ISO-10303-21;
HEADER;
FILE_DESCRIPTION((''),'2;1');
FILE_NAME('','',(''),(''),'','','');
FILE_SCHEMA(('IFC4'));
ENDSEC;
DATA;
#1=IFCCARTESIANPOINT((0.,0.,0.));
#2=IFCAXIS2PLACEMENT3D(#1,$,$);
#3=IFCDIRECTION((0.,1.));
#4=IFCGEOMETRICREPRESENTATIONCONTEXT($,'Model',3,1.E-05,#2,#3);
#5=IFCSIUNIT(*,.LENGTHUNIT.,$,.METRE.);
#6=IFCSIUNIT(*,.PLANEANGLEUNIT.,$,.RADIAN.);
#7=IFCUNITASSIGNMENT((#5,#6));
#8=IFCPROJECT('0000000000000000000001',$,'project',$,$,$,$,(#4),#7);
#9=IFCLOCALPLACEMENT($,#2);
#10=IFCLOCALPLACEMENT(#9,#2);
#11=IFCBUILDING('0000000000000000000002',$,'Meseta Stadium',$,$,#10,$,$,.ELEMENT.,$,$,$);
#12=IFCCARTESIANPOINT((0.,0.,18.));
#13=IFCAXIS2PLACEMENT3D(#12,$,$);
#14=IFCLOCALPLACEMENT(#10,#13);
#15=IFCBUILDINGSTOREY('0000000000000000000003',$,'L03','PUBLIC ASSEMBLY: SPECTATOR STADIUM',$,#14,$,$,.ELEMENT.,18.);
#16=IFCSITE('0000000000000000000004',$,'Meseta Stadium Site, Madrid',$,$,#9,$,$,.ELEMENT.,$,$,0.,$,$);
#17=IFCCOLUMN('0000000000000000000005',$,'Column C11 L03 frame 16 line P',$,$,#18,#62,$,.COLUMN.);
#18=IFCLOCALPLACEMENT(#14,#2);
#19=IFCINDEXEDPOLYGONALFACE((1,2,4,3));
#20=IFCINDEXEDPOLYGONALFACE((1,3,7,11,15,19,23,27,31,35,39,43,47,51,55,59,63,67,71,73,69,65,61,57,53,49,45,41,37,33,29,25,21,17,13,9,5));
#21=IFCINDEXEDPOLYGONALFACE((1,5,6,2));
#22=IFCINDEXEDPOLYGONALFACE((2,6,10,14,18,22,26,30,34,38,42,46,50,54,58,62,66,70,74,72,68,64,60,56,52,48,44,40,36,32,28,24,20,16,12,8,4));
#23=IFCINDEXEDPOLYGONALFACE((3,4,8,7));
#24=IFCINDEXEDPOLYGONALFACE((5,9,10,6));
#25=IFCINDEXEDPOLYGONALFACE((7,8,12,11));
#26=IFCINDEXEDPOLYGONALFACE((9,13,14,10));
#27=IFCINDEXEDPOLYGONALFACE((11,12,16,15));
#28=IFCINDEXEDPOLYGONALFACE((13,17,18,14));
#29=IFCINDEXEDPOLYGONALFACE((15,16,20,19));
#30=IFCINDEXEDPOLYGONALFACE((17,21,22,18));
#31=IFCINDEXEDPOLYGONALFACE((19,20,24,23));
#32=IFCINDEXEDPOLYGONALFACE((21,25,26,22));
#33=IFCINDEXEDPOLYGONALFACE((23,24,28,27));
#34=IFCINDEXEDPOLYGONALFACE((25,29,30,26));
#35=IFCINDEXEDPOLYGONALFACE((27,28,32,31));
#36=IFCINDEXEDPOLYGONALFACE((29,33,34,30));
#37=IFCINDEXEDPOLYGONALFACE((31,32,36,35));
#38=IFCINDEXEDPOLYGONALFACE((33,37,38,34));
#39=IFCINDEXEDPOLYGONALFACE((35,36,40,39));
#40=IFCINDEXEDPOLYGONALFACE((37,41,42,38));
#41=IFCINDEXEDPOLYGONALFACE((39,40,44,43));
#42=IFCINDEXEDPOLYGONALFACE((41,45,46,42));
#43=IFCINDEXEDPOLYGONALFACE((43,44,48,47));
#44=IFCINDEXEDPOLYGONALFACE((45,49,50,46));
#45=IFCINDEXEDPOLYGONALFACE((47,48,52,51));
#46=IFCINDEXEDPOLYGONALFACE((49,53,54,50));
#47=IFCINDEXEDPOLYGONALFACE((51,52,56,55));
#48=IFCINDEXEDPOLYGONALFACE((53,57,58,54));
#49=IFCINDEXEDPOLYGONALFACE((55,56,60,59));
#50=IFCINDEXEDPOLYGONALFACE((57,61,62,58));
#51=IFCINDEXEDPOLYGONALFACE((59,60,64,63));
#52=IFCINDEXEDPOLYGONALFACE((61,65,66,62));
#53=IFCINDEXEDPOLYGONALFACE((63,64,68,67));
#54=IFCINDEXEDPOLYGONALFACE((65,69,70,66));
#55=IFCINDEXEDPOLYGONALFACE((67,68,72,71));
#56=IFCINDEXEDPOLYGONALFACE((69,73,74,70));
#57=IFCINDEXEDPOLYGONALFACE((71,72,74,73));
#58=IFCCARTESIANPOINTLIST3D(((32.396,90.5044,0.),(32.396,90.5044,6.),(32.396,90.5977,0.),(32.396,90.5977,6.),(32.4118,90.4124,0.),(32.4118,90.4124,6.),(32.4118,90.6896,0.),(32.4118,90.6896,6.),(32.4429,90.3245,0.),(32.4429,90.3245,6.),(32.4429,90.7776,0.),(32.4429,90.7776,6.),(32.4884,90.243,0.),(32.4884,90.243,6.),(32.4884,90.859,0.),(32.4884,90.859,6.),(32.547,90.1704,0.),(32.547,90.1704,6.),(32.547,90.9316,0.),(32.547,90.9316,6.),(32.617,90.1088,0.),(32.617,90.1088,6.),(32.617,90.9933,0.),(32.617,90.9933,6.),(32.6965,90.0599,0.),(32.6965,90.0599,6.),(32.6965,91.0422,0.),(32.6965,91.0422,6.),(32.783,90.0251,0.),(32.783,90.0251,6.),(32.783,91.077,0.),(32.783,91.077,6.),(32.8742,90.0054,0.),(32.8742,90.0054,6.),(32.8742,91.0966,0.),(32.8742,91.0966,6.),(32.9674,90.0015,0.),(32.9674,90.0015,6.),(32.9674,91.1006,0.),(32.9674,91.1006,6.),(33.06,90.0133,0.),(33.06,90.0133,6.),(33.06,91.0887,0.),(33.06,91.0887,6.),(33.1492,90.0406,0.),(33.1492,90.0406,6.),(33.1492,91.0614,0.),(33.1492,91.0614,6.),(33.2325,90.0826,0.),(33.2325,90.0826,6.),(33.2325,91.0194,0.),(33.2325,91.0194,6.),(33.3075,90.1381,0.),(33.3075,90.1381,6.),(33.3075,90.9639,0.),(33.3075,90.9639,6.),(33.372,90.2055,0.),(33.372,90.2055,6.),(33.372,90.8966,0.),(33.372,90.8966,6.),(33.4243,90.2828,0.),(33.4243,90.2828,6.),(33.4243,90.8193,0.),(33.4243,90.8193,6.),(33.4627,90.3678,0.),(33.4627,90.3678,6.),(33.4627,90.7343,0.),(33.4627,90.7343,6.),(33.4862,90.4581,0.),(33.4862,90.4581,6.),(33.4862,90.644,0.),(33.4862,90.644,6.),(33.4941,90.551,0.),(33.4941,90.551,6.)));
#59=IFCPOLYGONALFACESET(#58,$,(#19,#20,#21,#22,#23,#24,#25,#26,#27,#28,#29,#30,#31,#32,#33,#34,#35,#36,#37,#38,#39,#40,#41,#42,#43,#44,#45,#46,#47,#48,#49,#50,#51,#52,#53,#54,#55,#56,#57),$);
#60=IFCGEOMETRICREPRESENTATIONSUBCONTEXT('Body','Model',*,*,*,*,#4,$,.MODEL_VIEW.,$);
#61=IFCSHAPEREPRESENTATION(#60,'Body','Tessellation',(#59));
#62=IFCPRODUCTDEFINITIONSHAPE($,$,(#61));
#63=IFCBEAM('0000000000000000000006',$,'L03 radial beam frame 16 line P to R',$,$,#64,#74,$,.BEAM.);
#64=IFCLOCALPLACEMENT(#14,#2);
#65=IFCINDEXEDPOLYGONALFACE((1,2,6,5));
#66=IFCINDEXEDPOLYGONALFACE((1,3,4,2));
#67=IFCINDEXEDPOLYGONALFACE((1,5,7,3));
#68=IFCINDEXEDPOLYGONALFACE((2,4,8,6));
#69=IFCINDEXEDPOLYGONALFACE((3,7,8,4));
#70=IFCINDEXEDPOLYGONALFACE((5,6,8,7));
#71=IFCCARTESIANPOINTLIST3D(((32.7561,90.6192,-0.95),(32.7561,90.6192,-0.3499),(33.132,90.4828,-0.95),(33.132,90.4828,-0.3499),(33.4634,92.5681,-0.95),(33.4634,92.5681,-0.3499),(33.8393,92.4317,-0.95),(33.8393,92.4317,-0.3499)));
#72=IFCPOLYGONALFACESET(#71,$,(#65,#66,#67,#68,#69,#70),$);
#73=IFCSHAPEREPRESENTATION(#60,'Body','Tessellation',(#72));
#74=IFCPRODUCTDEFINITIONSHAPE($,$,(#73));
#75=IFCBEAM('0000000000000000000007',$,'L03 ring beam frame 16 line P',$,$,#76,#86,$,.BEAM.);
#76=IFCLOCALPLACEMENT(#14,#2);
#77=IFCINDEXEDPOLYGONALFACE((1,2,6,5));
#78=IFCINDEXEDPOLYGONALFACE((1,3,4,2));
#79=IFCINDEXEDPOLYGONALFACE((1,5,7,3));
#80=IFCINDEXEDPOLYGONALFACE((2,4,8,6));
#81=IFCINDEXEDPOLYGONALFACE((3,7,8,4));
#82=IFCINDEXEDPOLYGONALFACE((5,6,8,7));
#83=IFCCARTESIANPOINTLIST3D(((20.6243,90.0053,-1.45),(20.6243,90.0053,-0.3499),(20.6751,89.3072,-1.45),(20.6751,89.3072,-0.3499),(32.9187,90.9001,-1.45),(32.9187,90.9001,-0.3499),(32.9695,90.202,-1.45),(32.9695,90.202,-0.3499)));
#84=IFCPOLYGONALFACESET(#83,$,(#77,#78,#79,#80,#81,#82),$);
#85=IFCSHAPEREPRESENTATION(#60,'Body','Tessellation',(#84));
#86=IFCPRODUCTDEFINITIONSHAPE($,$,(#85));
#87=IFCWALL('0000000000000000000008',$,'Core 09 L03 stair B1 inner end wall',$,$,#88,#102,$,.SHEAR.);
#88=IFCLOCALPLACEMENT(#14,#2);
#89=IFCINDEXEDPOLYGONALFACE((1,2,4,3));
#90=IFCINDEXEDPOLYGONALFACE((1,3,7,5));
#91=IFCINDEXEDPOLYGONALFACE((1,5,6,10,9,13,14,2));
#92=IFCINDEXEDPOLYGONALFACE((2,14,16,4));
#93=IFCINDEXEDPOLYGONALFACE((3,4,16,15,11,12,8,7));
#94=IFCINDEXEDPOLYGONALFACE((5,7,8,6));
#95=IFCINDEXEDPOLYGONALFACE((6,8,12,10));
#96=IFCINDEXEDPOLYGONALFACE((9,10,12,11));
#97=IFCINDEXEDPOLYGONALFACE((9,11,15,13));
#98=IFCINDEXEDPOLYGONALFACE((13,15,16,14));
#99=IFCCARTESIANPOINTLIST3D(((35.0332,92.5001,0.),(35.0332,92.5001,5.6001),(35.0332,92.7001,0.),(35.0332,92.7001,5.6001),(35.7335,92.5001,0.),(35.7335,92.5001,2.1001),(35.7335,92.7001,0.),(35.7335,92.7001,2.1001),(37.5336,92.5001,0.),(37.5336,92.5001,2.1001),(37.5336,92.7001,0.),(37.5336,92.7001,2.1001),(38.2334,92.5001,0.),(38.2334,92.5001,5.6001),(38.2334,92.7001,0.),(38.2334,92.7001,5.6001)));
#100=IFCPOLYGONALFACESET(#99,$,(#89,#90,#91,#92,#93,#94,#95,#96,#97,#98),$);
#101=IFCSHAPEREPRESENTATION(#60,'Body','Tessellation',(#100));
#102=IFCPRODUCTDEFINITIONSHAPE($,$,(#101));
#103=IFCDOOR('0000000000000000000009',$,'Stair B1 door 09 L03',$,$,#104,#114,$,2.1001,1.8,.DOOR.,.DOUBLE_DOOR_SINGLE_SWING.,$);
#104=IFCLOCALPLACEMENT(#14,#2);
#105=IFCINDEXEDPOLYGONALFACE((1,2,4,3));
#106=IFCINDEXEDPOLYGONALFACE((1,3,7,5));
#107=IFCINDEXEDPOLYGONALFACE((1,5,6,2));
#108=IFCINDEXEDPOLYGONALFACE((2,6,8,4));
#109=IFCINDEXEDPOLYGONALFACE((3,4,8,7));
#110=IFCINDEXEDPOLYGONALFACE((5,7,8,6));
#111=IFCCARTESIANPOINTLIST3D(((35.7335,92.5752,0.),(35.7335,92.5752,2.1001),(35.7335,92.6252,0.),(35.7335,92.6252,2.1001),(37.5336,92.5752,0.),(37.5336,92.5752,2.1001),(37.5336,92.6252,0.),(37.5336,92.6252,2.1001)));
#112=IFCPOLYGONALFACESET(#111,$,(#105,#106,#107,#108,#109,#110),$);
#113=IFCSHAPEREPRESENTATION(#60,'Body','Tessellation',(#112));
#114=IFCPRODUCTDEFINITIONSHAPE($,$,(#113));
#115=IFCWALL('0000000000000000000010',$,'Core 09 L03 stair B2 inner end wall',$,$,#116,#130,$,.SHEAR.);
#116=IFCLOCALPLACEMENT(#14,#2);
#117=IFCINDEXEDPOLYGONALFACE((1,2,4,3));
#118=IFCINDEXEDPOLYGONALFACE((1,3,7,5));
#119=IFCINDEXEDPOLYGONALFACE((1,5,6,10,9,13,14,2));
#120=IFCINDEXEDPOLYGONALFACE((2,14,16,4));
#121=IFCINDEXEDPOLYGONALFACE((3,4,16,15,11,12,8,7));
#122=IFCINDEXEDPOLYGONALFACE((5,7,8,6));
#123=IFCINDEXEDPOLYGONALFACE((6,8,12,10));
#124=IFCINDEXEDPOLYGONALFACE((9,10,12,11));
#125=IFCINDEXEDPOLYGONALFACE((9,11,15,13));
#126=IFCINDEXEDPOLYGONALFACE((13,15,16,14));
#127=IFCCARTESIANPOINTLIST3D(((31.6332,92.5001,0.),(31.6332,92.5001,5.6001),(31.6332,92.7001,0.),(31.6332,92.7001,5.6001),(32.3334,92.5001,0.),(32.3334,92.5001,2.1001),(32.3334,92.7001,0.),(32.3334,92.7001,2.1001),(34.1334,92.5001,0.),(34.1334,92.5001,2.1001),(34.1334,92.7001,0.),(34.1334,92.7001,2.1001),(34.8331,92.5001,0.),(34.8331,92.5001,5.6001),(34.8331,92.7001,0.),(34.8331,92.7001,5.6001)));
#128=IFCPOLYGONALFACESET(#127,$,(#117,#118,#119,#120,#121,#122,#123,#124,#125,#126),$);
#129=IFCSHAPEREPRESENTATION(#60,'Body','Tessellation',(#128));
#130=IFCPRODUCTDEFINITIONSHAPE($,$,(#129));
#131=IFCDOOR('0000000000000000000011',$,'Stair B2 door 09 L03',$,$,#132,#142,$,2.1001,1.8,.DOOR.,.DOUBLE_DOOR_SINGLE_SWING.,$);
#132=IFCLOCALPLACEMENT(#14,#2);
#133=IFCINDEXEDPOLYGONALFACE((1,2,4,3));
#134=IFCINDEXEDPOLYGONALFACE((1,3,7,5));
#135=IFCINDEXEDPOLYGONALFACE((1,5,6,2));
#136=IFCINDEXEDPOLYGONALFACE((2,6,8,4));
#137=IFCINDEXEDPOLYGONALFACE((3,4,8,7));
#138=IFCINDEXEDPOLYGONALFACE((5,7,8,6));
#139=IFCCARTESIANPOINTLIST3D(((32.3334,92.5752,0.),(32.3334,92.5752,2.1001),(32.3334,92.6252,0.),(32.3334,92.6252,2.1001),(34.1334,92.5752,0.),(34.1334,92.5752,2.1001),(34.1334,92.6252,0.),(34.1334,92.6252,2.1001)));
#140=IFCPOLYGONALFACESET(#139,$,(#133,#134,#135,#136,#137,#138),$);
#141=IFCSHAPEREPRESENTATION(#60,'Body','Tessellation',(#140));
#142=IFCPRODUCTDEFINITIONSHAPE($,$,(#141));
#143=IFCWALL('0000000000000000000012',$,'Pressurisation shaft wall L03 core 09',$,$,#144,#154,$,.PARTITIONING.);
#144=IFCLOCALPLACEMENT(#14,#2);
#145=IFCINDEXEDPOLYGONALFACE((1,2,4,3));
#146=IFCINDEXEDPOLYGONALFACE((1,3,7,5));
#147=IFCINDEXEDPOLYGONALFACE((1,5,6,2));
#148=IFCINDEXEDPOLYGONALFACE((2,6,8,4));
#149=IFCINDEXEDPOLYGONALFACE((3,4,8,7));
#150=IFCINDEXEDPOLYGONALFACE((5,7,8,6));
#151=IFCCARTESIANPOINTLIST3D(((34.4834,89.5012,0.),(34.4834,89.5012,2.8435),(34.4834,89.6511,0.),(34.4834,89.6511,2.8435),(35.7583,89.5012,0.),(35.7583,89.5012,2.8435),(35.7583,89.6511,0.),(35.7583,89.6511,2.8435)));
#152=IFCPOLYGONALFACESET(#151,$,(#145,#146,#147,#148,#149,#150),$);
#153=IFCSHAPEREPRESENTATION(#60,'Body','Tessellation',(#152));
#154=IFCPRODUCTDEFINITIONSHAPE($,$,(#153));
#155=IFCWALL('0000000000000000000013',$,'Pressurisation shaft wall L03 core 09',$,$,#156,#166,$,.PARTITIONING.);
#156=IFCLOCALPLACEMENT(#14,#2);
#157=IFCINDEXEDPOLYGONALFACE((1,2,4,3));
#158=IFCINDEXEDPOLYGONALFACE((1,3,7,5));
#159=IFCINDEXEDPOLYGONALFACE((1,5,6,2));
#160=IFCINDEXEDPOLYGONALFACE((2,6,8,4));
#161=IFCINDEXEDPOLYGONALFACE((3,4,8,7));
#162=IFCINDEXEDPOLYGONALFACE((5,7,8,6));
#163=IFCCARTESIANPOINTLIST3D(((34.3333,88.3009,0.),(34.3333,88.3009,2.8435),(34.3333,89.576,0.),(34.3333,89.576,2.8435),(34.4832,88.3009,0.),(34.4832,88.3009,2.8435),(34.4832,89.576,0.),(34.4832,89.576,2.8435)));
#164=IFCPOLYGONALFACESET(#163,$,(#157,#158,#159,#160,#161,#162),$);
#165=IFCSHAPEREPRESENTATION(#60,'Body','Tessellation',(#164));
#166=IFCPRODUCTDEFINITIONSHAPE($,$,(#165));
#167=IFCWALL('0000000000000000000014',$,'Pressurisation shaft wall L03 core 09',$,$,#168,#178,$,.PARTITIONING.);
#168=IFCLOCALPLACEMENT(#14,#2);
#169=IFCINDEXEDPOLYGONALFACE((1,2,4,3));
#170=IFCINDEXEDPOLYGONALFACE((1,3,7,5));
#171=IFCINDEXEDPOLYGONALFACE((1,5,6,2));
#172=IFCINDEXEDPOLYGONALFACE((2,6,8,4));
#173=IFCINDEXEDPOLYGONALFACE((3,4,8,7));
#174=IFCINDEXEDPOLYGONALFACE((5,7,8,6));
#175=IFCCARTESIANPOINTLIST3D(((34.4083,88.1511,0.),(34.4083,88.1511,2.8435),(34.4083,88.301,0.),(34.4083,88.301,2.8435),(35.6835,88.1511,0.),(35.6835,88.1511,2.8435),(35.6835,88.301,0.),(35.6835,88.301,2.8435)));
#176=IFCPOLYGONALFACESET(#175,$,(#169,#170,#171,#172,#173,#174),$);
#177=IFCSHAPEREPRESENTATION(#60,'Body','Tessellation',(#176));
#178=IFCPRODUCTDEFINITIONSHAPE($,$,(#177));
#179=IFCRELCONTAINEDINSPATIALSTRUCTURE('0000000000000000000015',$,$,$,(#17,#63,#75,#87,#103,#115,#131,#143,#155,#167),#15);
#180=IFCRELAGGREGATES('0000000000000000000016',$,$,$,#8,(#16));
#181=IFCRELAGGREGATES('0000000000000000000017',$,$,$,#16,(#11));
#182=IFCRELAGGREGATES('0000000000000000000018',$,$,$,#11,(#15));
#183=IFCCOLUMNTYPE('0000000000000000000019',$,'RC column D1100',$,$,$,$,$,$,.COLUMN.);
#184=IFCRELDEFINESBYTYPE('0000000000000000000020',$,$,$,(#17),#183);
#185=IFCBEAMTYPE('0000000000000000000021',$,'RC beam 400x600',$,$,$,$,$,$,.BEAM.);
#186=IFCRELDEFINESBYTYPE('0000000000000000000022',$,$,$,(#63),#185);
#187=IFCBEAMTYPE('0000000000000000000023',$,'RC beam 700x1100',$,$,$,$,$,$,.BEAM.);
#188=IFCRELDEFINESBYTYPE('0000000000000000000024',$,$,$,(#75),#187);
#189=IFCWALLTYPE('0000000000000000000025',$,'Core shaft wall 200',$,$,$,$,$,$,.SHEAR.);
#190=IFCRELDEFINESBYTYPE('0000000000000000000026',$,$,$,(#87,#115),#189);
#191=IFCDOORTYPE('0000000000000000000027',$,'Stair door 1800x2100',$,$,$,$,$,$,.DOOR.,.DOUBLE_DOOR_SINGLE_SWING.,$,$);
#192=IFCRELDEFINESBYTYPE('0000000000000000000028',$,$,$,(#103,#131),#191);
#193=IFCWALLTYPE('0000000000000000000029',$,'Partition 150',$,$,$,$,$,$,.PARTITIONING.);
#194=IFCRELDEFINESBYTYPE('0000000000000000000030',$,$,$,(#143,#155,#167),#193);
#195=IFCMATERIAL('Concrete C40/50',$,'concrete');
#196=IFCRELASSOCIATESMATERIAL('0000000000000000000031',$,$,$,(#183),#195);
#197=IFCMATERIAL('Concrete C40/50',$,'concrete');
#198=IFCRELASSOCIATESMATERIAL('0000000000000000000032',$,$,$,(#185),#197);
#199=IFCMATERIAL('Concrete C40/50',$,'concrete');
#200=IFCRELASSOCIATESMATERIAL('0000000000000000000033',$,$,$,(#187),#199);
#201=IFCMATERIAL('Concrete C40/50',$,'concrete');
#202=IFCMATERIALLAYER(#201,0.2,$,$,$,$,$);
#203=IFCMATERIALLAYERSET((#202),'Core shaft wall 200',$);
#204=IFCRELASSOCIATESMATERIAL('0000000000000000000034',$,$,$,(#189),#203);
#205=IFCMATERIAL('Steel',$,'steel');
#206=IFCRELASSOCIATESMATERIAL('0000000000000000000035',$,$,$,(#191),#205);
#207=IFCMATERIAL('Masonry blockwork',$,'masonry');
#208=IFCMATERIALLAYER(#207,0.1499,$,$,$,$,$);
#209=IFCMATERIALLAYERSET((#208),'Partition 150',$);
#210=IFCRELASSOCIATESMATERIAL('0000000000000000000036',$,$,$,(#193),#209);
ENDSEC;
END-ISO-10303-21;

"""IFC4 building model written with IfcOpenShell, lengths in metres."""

from ifc_helpers import new_model, si_unit, direction, frame, frame_2d, origin, origin_2d, place, context, subcontext, project, spatial, rectangle, circle, extrude, material, layer, layer_set, material_profile, profile_set, type_object, element, fill, save


model = new_model("IFC4")

# Units and contexts
model_context = context("Model", 3, precision=1e-05, world=origin(), true_north=direction((0.0, 1.0)))
body_context = subcontext(model_context, "Body", "Model", "MODEL_VIEW")
ifc_project = project(units=[si_unit("LENGTHUNIT", "METRE"), si_unit("PLANEANGLEUNIT", "RADIAN")], contexts=[model_context])

# Site, building, storey
site_placement = place(None, origin())
site = spatial("IfcSite", under=ifc_project, at=site_placement, Name="Meseta Stadium Site, Madrid", CompositionType="ELEMENT", RefElevation=0.0)
building_placement = place(site_placement, origin())
building = spatial("IfcBuilding", under=site, at=building_placement, Name="Meseta Stadium", CompositionType="ELEMENT")
storey_placement = place(building_placement, frame((0.0, 0.0, 18.0)))
storey = spatial("IfcBuildingStorey", under=building, at=storey_placement, Name="L03", Description="PUBLIC ASSEMBLY: SPECTATOR STADIUM", CompositionType="ELEMENT", Elevation=18.0)

# Column
ifc_material_1 = material(Name="Concrete C40/50", Category="concrete")
ifc_material_profile_1 = material_profile(ifc_material_1, circle(Radius=0.55, at=origin_2d()), Name="RC D1100")
ifc_profile_set_1 = profile_set([ifc_material_profile_1], Name="Concrete C40/50")
column_type = type_object("IfcColumnType", Name="RC column D1100", PredefinedType="COLUMN", material=ifc_profile_set_1)
column_placement = place(storey_placement, frame((32.9441, 90.551, 0.0), z_axis=(0.0, 0.0, 1.0), x_axis=(1.0, 0.0, 0.0)))
element("IfcColumn", 1, at=column_placement, inside=storey, type_object=column_type, Name="Column C11 L03 frame 16 line P", PredefinedType="COLUMN", context=body_context, shape_type="SweptSolid", body=[
    extrude(circle(Radius=0.55, at=origin_2d()), origin(), (0.0, 0.0, 1.0), 6.0),
])

# Beams
ifc_material_2 = material(Name="Concrete C40/50", Category="concrete")
ifc_material_profile_2 = material_profile(ifc_material_2, rectangle(XDim=0.3999, YDim=0.6001, at=origin_2d()), Name="RC 400x600")
ifc_profile_set_2 = profile_set([ifc_material_profile_2], Name="Concrete C40/50")
beam_type_1 = type_object("IfcBeamType", Name="RC beam 400x600", PredefinedType="BEAM", material=ifc_profile_set_2)
beam_1_placement = place(storey_placement, frame((32.9441, 90.551, -0.6499), z_axis=(0.341128, 0.940017, 0.0), x_axis=(-0.940017, 0.341128, 0.0)))
element("IfcBeam", 2, at=beam_1_placement, inside=storey, type_object=beam_type_1, Name="L03 radial beam frame 16 line P to R", PredefinedType="BEAM", context=body_context, shape_type="SweptSolid", body=[
    extrude(rectangle(XDim=0.3999, YDim=0.6001, at=origin_2d()), origin(), (0.0, 0.0, 1.0), 2.0732),
])
ifc_material_3 = material(Name="Concrete C40/50", Category="concrete")
ifc_material_profile_3 = material_profile(ifc_material_3, rectangle(XDim=0.7, YDim=1.1001, at=origin_2d()), Name="RC 700x1100")
ifc_profile_set_3 = profile_set([ifc_material_profile_3], Name="Concrete C40/50")
beam_type_2 = type_object("IfcBeamType", Name="RC beam 700x1100", PredefinedType="BEAM", material=ifc_profile_set_3)
beam_2_placement = place(storey_placement, frame((32.9441, 90.551, -0.8999), z_axis=(-0.997362, -0.072587, 0.0), x_axis=(0.072587, -0.997362, 0.0)))
element("IfcBeam", 3, at=beam_2_placement, inside=storey, type_object=beam_type_2, Name="L03 ring beam frame 16 line P", PredefinedType="BEAM", context=body_context, shape_type="SweptSolid", body=[
    extrude(rectangle(XDim=0.7, YDim=1.1001, at=origin_2d()), origin(), (0.0, 0.0, 1.0), 12.3269),
])

# Walls, openings, doors
ifc_material_4 = material(Name="Concrete C40/50", Category="concrete")
ifc_layer_1 = layer(ifc_material_4, 0.2)
ifc_layer_set_1 = layer_set([ifc_layer_1], Name="Core shaft wall 200")
wall_type_1 = type_object("IfcWallType", Name="Core shaft wall 200", PredefinedType="SHEAR", material=ifc_layer_set_1)
wall_1_placement = place(storey_placement, frame((38.2334, 92.6001, 0.0), z_axis=(0.0, 0.0, 1.0), x_axis=(-1.0, 0.0, 0.0)))
wall_1 = element("IfcWall", 4, at=wall_1_placement, inside=storey, type_object=wall_type_1, Name="Core 09 L03 stair B1 inner end wall", PredefinedType="SHEAR", context=body_context, shape_type="SweptSolid", body=[
    extrude(rectangle(XDim=3.2002, YDim=0.2, at=frame_2d((1.6001, 0.0))), origin(), (0.0, 0.0, 1.0), 5.6001),
])
opening_1_placement = place(wall_1_placement, frame((0.7, 0.0, 0.0)))
opening_1 = element("IfcOpeningElement", 5, at=opening_1_placement, cuts=wall_1, PredefinedType="OPENING", context=body_context, shape_type="SweptSolid", body=[
    extrude(rectangle(XDim=1.8, YDim=2.1001, at=frame_2d((0.8999, 1.05))), frame((0.0, 0.1099, 0.0), z_axis=(0.0, -1.0, 0.0), x_axis=(1.0, 0.0, 0.0)), (0.0, 0.0, 1.0), 0.22),
])
ifc_material_5 = material(Name="Steel", Category="steel")
door_type = type_object("IfcDoorType", Name="Stair door 1800x2100", OperationType="DOUBLE_DOOR_SINGLE_SWING", PredefinedType="DOOR", material=ifc_material_5)
door_1_placement = place(opening_1_placement, origin())
door_1 = element("IfcDoor", 6, at=door_1_placement, inside=storey, type_object=door_type, Name="Stair B1 door 09 L03", OperationType="DOUBLE_DOOR_SINGLE_SWING", OverallHeight=2.1001, OverallWidth=1.8, PredefinedType="DOOR", context=body_context, shape_type="SweptSolid", body=[
    extrude(rectangle(XDim=1.8, YDim=2.1001, at=frame_2d((0.8999, 1.05))), frame((0.0, 0.0249, 0.0), z_axis=(0.0, -1.0, 0.0), x_axis=(1.0, 0.0, 0.0)), (0.0, 0.0, 1.0), 0.05),
])
fill(opening_1, door_1)
wall_2_placement = place(storey_placement, frame((34.8333, 92.6001, 0.0), z_axis=(0.0, 0.0, 1.0), x_axis=(-1.0, 0.0, 0.0)))
wall_2 = element("IfcWall", 7, at=wall_2_placement, inside=storey, type_object=wall_type_1, Name="Core 09 L03 stair B2 inner end wall", PredefinedType="SHEAR", context=body_context, shape_type="SweptSolid", body=[
    extrude(rectangle(XDim=3.2, YDim=0.2, at=frame_2d((1.6001, 0.0))), origin(), (0.0, 0.0, 1.0), 5.6001),
])
opening_2_placement = place(wall_2_placement, frame((0.7, 0.0, 0.0)))
opening_2 = element("IfcOpeningElement", 8, at=opening_2_placement, cuts=wall_2, PredefinedType="OPENING", context=body_context, shape_type="SweptSolid", body=[
    extrude(rectangle(XDim=1.8, YDim=2.1001, at=frame_2d((0.8999, 1.05))), frame((0.0, 0.1099, 0.0), z_axis=(0.0, -1.0, 0.0), x_axis=(1.0, 0.0, 0.0)), (0.0, 0.0, 1.0), 0.22),
])
door_2_placement = place(opening_2_placement, origin())
door_2 = element("IfcDoor", 9, at=door_2_placement, inside=storey, type_object=door_type, Name="Stair B2 door 09 L03", OperationType="DOUBLE_DOOR_SINGLE_SWING", OverallHeight=2.1001, OverallWidth=1.8, PredefinedType="DOOR", context=body_context, shape_type="SweptSolid", body=[
    extrude(rectangle(XDim=1.8, YDim=2.1001, at=frame_2d((0.8999, 1.05))), frame((0.0, 0.0249, 0.0), z_axis=(0.0, -1.0, 0.0), x_axis=(1.0, 0.0, 0.0)), (0.0, 0.0, 1.0), 0.05),
])
fill(opening_2, door_2)

# Walls
ifc_material_6 = material(Name="Masonry blockwork", Category="masonry")
ifc_layer_2 = layer(ifc_material_6, 0.1499)
ifc_layer_set_2 = layer_set([ifc_layer_2], Name="Partition 150")
wall_type_2 = type_object("IfcWallType", Name="Partition 150", PredefinedType="PARTITIONING", material=ifc_layer_set_2)
wall_3_placement = place(storey_placement, frame((35.7583, 89.5762, 0.0), z_axis=(0.0, 0.0, 1.0), x_axis=(-1.0, 0.0, 0.0)))
element("IfcWall", 10, at=wall_3_placement, inside=storey, type_object=wall_type_2, Name="Pressurisation shaft wall L03 core 09", PredefinedType="PARTITIONING", context=body_context, shape_type="SweptSolid", body=[
    extrude(rectangle(XDim=1.2749, YDim=0.1499, at=frame_2d((0.6375, 0.0))), origin(), (0.0, 0.0, 1.0), 2.8435),
])
for number, where, z_axis, x_axis, name in (
    (11, (34.4082, 89.5762, 0.0), (0.0, 0.0, 1.0), (0.0, -1.0, 0.0), "Pressurisation shaft wall L03 core 09"),
    (12, (34.4082, 88.2261, 0.0), (0.0, 0.0, 1.0), (1.0, 0.0, 0.0), "Pressurisation shaft wall L03 core 09"),
):
    element("IfcWall", number, at=place(storey_placement, frame(where, z_axis=z_axis, x_axis=x_axis)), inside=storey, type_object=wall_type_2, Name=name, PredefinedType="PARTITIONING", context=body_context, shape_type="SweptSolid", body=[
        extrude(rectangle(XDim=1.2751, YDim=0.1499, at=frame_2d((0.6377, 0.0))), origin(), (0.0, 0.0, 1.0), 2.8435),
    ])

save(model, "model.ifc")
